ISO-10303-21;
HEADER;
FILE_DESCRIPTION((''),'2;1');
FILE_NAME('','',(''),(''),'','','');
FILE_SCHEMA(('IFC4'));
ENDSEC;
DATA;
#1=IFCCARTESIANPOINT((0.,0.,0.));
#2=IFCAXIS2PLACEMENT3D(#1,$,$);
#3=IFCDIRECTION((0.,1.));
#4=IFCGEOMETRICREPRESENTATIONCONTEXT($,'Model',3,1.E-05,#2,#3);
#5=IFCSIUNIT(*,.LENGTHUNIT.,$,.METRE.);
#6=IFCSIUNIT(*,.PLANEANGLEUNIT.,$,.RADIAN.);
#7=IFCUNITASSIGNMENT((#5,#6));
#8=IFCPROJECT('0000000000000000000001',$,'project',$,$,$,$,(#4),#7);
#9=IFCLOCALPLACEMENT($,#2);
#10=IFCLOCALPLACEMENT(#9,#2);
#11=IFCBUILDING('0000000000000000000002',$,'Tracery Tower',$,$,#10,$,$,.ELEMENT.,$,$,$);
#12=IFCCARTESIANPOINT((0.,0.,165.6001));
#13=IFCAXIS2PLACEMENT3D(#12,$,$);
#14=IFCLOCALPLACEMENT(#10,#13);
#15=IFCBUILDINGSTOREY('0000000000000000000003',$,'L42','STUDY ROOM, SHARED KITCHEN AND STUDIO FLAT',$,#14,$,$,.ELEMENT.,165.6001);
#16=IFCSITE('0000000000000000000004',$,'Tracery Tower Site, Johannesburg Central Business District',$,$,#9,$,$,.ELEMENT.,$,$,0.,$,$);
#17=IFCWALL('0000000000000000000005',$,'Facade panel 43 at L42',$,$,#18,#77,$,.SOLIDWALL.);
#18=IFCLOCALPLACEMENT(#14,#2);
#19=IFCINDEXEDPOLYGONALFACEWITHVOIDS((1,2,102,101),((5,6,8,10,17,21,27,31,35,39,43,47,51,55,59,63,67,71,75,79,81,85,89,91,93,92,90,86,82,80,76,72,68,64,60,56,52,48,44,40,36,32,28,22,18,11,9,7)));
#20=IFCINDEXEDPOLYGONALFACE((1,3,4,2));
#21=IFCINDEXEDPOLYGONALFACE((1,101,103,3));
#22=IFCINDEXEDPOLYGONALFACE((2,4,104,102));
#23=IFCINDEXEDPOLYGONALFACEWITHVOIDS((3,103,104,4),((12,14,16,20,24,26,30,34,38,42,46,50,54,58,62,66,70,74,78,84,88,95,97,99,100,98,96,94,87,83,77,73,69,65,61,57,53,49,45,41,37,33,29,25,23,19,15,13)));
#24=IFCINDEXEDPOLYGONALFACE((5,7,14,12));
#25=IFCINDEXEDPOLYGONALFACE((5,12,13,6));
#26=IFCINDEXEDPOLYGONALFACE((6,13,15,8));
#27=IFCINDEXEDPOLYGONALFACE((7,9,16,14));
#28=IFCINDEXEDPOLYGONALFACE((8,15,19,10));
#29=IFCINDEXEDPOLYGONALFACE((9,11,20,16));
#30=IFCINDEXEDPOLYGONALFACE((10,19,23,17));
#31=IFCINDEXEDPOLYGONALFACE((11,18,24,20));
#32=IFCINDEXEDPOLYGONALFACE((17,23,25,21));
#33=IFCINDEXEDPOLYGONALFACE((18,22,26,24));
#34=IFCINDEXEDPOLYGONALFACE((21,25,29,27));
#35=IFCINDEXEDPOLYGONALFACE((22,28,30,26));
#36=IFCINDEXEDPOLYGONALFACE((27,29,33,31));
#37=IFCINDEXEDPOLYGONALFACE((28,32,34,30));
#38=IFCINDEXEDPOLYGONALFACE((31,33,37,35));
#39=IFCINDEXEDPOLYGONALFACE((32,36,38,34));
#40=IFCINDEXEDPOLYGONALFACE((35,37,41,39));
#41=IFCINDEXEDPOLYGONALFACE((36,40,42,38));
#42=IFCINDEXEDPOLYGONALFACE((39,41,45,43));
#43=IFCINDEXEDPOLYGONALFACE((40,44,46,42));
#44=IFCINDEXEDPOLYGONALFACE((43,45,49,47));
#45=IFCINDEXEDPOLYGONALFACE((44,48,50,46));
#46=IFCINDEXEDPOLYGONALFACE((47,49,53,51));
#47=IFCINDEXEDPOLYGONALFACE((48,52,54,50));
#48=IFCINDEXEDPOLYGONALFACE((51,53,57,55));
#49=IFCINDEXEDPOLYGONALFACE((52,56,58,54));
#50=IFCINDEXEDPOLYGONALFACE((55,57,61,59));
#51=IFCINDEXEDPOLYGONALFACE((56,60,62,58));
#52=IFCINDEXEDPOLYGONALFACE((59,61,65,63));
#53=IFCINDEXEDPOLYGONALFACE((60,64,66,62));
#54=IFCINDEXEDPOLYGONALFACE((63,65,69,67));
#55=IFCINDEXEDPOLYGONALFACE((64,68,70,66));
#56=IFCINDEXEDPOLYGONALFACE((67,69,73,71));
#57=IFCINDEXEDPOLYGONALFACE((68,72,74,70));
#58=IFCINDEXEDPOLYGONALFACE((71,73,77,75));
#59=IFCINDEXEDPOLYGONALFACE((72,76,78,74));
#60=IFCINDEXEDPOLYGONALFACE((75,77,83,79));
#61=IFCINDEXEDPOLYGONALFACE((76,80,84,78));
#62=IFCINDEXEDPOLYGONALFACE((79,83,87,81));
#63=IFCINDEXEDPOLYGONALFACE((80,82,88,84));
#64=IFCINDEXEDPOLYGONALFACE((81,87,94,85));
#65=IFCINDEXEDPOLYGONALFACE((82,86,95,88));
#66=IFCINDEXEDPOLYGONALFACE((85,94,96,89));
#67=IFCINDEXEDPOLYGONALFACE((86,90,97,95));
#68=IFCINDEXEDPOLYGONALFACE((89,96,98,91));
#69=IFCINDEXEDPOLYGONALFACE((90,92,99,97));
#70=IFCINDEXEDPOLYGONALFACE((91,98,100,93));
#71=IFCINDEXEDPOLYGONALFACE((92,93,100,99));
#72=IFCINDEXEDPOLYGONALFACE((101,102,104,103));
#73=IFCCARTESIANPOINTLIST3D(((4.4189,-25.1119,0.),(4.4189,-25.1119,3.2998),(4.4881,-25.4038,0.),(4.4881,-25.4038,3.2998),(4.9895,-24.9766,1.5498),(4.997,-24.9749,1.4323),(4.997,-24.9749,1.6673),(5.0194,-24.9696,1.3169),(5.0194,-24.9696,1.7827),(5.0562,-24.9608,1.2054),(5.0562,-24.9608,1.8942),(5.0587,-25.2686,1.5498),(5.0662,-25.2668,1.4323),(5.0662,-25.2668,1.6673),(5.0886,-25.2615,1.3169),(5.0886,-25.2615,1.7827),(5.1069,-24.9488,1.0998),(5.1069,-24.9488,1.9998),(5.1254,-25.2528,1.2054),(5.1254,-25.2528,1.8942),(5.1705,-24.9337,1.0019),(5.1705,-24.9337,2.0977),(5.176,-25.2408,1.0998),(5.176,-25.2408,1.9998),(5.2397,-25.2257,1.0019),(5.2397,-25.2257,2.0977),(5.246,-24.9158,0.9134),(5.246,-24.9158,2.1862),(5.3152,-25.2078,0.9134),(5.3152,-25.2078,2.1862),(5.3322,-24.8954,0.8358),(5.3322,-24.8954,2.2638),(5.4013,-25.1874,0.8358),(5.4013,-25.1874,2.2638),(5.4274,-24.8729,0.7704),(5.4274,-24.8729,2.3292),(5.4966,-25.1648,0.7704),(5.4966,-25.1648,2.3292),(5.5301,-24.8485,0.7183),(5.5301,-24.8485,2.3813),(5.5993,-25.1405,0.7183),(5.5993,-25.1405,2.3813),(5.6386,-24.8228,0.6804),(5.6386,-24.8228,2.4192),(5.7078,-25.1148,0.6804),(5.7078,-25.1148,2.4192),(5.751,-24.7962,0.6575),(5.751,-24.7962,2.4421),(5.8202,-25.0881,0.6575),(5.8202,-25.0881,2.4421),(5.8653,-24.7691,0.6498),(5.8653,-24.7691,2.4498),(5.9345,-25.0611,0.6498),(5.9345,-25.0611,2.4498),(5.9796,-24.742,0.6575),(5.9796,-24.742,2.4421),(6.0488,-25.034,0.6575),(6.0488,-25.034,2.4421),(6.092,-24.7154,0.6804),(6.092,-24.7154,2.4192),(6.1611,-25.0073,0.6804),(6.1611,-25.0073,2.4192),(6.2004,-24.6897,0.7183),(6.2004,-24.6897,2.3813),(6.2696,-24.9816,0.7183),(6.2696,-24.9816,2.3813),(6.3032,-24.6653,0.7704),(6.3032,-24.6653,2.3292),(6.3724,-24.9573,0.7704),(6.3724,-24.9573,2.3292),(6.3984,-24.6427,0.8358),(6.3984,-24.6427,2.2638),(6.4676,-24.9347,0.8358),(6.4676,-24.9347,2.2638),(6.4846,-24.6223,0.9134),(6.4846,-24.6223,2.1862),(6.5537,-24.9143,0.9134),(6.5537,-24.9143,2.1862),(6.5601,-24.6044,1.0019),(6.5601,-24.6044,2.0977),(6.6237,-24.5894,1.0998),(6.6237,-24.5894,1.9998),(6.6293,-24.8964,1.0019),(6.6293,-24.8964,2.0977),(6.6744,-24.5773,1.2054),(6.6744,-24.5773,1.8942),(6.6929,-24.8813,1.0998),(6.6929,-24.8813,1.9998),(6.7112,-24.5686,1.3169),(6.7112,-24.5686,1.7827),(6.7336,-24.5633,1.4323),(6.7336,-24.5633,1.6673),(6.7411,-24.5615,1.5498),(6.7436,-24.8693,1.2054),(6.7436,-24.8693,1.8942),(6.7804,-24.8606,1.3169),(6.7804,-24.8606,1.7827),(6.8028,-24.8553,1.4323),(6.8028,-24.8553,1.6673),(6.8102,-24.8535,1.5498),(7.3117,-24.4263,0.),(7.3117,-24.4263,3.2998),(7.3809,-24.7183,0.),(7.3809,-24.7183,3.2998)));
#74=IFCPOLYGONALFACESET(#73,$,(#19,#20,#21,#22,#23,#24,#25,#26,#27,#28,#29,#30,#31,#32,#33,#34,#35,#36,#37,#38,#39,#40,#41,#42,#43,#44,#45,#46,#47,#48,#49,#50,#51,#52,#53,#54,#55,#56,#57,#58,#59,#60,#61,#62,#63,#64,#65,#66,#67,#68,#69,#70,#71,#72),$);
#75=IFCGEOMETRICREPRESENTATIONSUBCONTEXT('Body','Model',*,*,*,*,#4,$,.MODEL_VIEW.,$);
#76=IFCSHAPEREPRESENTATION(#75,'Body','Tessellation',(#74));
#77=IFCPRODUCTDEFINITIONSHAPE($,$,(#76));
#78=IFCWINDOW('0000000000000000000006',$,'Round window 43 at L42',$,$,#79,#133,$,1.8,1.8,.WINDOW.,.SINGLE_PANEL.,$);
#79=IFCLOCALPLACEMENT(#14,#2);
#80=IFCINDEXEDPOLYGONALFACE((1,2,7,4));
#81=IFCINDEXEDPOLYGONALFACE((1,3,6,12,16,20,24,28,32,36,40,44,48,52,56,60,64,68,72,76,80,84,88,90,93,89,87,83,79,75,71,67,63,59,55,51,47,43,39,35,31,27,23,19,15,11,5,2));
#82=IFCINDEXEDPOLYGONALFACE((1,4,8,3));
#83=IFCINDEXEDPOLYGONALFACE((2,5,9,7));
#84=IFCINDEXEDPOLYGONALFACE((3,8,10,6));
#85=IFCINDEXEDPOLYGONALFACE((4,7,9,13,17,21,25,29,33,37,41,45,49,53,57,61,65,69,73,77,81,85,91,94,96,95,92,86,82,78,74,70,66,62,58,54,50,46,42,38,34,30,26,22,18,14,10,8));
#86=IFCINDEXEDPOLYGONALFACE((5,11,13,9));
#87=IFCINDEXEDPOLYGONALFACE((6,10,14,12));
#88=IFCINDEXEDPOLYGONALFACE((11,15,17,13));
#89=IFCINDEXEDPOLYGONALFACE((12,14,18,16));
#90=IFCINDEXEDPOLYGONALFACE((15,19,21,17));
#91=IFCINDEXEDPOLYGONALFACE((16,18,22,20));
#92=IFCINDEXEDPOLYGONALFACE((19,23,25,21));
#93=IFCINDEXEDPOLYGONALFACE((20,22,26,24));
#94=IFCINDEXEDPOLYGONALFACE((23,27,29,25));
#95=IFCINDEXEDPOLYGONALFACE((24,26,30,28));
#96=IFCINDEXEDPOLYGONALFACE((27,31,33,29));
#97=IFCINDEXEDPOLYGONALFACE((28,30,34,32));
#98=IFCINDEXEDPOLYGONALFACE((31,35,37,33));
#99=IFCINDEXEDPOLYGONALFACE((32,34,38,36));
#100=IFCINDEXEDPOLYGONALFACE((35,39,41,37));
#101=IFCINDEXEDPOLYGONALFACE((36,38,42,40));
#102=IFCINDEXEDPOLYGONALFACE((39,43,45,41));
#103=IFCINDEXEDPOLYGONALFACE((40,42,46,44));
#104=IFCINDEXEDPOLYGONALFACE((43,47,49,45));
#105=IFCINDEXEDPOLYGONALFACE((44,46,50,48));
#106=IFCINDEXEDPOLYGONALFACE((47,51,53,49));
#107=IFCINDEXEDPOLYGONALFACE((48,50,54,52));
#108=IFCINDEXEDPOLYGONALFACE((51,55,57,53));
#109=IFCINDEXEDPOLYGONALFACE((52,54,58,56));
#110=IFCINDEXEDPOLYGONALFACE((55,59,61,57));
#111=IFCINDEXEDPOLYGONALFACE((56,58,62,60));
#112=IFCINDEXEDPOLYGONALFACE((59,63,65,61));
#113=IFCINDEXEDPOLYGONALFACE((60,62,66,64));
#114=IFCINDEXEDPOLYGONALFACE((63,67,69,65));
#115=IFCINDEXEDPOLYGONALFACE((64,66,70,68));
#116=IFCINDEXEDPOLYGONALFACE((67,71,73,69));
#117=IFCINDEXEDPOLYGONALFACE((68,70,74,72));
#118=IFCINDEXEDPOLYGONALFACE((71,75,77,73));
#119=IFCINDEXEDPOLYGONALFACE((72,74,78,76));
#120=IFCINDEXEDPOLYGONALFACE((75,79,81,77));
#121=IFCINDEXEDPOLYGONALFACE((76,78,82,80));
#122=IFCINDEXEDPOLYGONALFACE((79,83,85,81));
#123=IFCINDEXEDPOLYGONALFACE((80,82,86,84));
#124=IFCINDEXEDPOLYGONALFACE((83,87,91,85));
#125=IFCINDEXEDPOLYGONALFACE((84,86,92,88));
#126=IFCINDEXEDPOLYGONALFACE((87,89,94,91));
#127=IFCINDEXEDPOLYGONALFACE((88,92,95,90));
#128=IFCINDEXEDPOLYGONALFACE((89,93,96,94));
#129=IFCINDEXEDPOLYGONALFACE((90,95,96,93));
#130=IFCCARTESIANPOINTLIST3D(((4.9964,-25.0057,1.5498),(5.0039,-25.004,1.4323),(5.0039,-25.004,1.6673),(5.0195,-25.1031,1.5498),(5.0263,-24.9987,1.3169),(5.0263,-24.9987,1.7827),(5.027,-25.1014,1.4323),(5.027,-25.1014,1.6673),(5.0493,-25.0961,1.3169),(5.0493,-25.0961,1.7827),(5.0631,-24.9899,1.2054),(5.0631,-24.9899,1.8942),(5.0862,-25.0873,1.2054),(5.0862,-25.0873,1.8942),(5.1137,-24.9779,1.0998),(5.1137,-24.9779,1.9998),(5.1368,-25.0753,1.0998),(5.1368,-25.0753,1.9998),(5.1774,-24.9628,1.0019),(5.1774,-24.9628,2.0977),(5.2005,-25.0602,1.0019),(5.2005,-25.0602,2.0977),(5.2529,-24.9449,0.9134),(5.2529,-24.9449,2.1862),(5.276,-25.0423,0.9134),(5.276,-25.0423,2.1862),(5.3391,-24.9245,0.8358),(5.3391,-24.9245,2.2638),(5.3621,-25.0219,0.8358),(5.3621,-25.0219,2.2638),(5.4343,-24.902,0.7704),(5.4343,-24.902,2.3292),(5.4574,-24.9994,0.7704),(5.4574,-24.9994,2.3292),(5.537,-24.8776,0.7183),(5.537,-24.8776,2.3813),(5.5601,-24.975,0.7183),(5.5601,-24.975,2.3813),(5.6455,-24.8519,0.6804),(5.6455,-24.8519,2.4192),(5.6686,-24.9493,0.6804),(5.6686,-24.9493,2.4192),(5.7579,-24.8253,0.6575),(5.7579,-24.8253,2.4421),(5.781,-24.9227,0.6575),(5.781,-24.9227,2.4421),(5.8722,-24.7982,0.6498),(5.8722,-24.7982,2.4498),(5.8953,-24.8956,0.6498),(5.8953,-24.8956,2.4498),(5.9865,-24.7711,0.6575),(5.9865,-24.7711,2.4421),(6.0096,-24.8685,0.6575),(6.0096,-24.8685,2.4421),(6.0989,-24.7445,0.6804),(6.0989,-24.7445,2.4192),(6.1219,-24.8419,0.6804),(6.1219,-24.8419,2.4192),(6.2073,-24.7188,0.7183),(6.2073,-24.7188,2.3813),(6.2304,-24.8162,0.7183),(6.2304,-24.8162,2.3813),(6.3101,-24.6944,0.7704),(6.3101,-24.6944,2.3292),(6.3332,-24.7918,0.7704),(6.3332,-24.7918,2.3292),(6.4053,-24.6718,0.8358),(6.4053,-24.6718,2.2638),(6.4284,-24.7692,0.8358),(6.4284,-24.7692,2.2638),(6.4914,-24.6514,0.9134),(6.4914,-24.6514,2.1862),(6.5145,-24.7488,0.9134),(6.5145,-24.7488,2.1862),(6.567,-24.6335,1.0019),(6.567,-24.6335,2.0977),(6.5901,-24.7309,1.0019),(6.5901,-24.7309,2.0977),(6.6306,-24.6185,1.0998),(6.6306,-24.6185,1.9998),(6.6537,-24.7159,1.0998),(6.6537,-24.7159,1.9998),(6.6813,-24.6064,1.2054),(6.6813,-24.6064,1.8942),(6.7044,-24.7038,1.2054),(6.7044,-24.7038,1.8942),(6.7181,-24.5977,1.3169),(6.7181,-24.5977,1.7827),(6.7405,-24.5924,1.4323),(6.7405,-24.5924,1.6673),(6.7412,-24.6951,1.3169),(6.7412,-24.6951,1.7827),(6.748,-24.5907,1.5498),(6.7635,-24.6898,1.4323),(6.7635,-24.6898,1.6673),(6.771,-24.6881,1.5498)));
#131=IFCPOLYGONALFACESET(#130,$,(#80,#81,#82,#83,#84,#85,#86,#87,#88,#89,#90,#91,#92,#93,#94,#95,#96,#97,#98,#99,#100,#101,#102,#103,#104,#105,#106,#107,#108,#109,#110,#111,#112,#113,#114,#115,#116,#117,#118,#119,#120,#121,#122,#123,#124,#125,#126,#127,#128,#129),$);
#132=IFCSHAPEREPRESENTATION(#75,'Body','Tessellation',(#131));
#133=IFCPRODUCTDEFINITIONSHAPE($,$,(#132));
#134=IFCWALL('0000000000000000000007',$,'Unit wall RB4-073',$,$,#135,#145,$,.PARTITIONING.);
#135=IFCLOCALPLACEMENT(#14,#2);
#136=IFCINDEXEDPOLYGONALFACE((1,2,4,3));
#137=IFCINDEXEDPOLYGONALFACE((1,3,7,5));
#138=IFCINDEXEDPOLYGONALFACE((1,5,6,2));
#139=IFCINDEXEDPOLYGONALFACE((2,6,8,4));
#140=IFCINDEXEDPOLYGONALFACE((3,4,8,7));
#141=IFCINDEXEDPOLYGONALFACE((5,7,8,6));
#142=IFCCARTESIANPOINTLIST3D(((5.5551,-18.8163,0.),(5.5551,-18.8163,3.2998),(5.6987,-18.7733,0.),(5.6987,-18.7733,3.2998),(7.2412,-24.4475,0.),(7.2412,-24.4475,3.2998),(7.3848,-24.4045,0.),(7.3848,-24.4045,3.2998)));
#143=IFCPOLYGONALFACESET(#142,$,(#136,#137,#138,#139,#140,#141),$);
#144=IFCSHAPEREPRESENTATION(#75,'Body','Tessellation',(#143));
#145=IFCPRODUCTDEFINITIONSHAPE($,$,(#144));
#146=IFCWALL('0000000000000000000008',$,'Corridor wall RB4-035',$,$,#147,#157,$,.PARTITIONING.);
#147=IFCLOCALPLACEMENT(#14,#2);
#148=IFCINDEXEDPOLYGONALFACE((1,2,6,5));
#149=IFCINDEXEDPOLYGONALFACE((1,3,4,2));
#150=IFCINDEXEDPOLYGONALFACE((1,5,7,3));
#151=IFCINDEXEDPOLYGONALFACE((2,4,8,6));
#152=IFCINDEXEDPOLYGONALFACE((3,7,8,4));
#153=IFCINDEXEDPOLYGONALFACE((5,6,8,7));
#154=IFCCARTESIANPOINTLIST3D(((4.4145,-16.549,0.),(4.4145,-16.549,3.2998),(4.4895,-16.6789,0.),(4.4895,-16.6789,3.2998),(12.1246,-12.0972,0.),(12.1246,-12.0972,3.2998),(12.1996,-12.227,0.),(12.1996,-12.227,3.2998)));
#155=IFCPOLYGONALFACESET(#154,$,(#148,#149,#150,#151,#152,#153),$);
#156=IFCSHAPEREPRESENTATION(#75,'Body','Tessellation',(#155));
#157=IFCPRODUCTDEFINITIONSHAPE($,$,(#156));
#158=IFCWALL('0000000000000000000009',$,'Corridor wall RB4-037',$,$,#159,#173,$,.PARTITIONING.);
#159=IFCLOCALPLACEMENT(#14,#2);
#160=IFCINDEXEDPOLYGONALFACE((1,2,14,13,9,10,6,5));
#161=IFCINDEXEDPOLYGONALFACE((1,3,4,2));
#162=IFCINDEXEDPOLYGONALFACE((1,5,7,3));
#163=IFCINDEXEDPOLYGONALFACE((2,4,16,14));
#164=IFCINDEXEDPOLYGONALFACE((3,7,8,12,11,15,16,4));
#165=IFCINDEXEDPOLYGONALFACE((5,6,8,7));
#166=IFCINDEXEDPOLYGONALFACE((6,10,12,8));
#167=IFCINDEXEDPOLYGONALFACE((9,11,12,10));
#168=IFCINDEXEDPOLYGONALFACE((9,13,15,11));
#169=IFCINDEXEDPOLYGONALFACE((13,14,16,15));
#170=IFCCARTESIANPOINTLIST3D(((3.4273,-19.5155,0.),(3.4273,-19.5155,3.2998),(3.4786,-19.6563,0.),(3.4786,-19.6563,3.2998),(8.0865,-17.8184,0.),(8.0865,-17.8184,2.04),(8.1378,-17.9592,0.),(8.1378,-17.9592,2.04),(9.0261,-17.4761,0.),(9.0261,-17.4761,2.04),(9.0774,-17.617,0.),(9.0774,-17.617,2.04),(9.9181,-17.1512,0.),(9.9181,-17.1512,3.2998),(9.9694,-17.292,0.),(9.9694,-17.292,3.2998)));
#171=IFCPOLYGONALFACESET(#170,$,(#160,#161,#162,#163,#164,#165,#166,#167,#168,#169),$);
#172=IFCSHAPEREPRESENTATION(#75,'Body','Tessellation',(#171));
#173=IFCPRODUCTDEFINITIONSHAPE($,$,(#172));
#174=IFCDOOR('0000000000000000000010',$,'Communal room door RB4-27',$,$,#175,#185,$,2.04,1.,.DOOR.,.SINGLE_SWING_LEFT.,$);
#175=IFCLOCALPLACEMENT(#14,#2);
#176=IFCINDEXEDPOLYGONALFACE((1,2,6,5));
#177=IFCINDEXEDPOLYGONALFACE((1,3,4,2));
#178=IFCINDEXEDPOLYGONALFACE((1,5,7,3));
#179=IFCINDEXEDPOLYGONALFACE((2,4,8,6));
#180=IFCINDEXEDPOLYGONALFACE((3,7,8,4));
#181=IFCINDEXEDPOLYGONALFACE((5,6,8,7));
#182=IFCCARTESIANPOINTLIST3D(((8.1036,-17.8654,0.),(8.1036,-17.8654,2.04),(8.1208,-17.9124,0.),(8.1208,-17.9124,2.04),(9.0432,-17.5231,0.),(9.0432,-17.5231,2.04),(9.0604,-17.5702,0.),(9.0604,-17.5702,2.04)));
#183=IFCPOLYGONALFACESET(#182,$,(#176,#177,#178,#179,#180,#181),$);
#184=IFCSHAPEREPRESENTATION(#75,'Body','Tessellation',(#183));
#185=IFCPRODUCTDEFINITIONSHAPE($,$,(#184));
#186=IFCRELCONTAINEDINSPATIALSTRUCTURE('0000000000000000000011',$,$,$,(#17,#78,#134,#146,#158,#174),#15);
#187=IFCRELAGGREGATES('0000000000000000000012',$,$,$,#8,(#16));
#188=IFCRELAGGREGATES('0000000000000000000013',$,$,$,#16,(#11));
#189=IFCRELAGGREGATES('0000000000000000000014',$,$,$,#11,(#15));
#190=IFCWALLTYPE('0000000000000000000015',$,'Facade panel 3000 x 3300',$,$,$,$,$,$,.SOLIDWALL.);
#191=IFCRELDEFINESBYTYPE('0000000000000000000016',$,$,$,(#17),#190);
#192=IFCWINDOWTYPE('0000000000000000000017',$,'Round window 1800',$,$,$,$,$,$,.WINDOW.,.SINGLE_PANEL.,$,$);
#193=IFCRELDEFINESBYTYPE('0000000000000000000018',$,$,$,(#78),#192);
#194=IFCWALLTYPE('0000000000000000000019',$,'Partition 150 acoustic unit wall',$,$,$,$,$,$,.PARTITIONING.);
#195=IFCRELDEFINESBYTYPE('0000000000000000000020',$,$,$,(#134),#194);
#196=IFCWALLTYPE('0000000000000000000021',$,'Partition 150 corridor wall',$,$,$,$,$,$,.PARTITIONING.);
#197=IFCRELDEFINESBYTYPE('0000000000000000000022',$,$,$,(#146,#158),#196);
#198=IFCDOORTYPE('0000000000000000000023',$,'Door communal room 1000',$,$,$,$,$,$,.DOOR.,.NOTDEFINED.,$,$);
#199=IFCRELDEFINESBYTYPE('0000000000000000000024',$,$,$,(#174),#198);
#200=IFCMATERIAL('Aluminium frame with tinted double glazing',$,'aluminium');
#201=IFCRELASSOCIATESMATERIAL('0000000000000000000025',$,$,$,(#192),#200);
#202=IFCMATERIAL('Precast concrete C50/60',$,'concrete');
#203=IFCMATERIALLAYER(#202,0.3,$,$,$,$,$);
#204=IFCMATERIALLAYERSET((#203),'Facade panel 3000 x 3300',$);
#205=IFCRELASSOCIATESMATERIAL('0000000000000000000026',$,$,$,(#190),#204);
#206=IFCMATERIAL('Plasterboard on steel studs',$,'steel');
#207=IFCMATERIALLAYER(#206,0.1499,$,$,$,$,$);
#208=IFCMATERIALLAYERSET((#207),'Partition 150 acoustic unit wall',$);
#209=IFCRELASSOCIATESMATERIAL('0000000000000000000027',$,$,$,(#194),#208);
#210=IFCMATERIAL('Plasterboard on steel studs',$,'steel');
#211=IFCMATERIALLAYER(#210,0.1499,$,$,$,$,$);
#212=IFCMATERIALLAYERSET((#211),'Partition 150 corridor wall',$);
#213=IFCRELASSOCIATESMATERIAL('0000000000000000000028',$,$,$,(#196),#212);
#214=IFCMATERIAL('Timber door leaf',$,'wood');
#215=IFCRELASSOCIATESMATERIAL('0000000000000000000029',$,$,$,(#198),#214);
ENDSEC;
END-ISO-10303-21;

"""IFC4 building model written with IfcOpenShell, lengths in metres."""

from ifc_helpers import new_model, si_unit, direction, frame, frame_2d, origin, origin_2d, place, context, subcontext, project, spatial, rectangle, circle, extrude, material, layer, layer_set, type_object, element, fill, save


model = new_model("IFC4")

# Units and contexts
model_context = context("Model", 3, precision=1e-05, world=origin(), true_north=direction((0.0, 1.0)))
body_context = subcontext(model_context, "Body", "Model", "MODEL_VIEW")
ifc_project = project(units=[si_unit("LENGTHUNIT", "METRE"), si_unit("PLANEANGLEUNIT", "RADIAN")], contexts=[model_context])

# Site, building, storey
site_placement = place(None, origin())
site = spatial("IfcSite", under=ifc_project, at=site_placement, Name="Tracery Tower Site, Johannesburg Central Business District", CompositionType="ELEMENT", RefElevation=0.0)
building_placement = place(site_placement, origin())
building = spatial("IfcBuilding", under=site, at=building_placement, Name="Tracery Tower", CompositionType="ELEMENT")
storey_placement = place(building_placement, frame((0.0, 0.0, 165.6001)))
storey = spatial("IfcBuildingStorey", under=building, at=storey_placement, Name="L42", Description="STUDY ROOM, SHARED KITCHEN AND STUDIO FLAT", CompositionType="ELEMENT", Elevation=165.6001)

# Wall, opening, window
ifc_material_1 = material(Name="Aluminium frame with tinted double glazing", Category="aluminium")
window_type = type_object("IfcWindowType", Name="Round window 1800", PartitioningType="SINGLE_PANEL", PredefinedType="WINDOW", material=ifc_material_1)
ifc_material_2 = material(Name="Precast concrete C50/60", Category="concrete")
ifc_layer_1 = layer(ifc_material_2, 0.3)
ifc_layer_set_1 = layer_set([ifc_layer_1], Name="Facade panel 3000 x 3300")
wall_type_1 = type_object("IfcWallType", Name="Facade panel 3000 x 3300", PredefinedType="SOLIDWALL", material=ifc_layer_set_1)
wall_1_placement = place(storey_placement, frame((4.4536, -25.2578, 0.0), z_axis=(0.0, 0.0, 1.0), x_axis=(0.97305, 0.230595, 0.0)))
wall_1 = element("IfcWall", 1, at=wall_1_placement, inside=storey, type_object=wall_type_1, Name="Facade panel 43 at L42", PredefinedType="SOLIDWALL", context=body_context, shape_type="SweptSolid", body=[
    extrude(rectangle(XDim=2.9729, YDim=0.3, at=frame_2d((1.4863, 0.0))), origin(), (0.0, 0.0, 1.0), 3.2998),
])
opening_1_placement = place(wall_1_placement, frame((1.4863, 0.0, 1.5498)))
opening_1 = element("IfcOpeningElement", 2, at=opening_1_placement, cuts=wall_1, PredefinedType="OPENING", context=body_context, shape_type="SweptSolid", body=[
    extrude(circle(Radius=0.9, at=origin_2d()), frame((0.0, 0.1599, 0.0), z_axis=(0.0, -1.0, 0.0), x_axis=(1.0, 0.0, 0.0)), (0.0, 0.0, 1.0), 0.3201),
])
window_1_placement = place(opening_1_placement, origin())
window_1 = element("IfcWindow", 3, at=window_1_placement, inside=storey, type_object=window_type, Name="Round window 43 at L42", OverallHeight=1.8, OverallWidth=1.8, PartitioningType="SINGLE_PANEL", PredefinedType="WINDOW", context=body_context, shape_type="SweptSolid", body=[
    extrude(circle(Radius=0.9, at=origin_2d()), frame((0.0, 0.1201, 0.0), z_axis=(0.0, -1.0, 0.0), x_axis=(1.0, 0.0, 0.0)), (0.0, 0.0, 1.0), 0.1001),
])
fill(opening_1, window_1)

# Walls
ifc_material_3 = material(Name="Plasterboard on steel studs", Category="steel")
ifc_layer_2 = layer(ifc_material_3, 0.1499)
ifc_layer_set_2 = layer_set([ifc_layer_2], Name="Partition 150 acoustic unit wall")
wall_type_2 = type_object("IfcWallType", Name="Partition 150 acoustic unit wall", PredefinedType="PARTITIONING", material=ifc_layer_set_2)
wall_2_placement = place(storey_placement, frame((5.627, -18.7949, 0.0), z_axis=(0.0, 0.0, 1.0), x_axis=(0.286833, -0.95798, 0.0)))
element("IfcWall", 4, at=wall_2_placement, inside=storey, type_object=wall_type_2, Name="Unit wall RB4-073", PredefinedType="PARTITIONING", context=body_context, shape_type="SweptSolid", body=[
    extrude(rectangle(XDim=5.8782, YDim=0.1499, at=frame_2d((2.939, 0.0))), origin(), (0.0, 0.0, 1.0), 3.2998),
])
ifc_material_4 = material(Name="Plasterboard on steel studs", Category="steel")
ifc_layer_3 = layer(ifc_material_4, 0.1499)
ifc_layer_set_3 = layer_set([ifc_layer_3], Name="Partition 150 corridor wall")
wall_type_3 = type_object("IfcWallType", Name="Partition 150 corridor wall", PredefinedType="PARTITIONING", material=ifc_layer_set_3)
wall_3_placement = place(storey_placement, frame((4.4519, -16.614, 0.0), z_axis=(0.0, 0.0, 1.0), x_axis=(0.866005, 0.500035, 0.0)))
element("IfcWall", 5, at=wall_3_placement, inside=storey, type_object=wall_type_3, Name="Corridor wall RB4-035", PredefinedType="PARTITIONING", context=body_context, shape_type="SweptSolid", body=[
    extrude(rectangle(XDim=8.9031, YDim=0.1499, at=frame_2d((4.4517, 0.0))), origin(), (0.0, 0.0, 1.0), 3.2998),
])

# Wall, opening, door
wall_4_placement = place(storey_placement, frame((3.4529, -19.5859, 0.0), z_axis=(0.0, 0.0, 1.0), x_axis=(0.939608, 0.342254, 0.0)))
wall_4 = element("IfcWall", 6, at=wall_4_placement, inside=storey, type_object=wall_type_3, Name="Corridor wall RB4-037", PredefinedType="PARTITIONING", context=body_context, shape_type="SweptSolid", body=[
    extrude(rectangle(XDim=6.908, YDim=0.1499, at=frame_2d((3.4541, 0.0))), origin(), (0.0, 0.0, 1.0), 3.2998),
])
opening_2_placement = place(wall_4_placement, frame((4.9587, 0.0, 0.0)))
opening_2 = element("IfcOpeningElement", 7, at=opening_2_placement, cuts=wall_4, PredefinedType="OPENING", context=body_context, shape_type="SweptSolid", body=[
    extrude(rectangle(XDim=1.0, YDim=2.04, at=frame_2d((0.5, 1.02))), frame((0.0, 0.075, 0.0), z_axis=(0.0, -1.0, 0.0), x_axis=(1.0, 0.0, 0.0)), (0.0, 0.0, 1.0), 0.1499),
])
ifc_material_5 = material(Name="Timber door leaf", Category="wood")
door_type_1 = type_object("IfcDoorType", Name="Door communal room 1000", OperationType="NOTDEFINED", PredefinedType="DOOR", material=ifc_material_5)
door_1_placement = place(opening_2_placement, origin())
door_1 = element("IfcDoor", 8, at=door_1_placement, inside=storey, type_object=door_type_1, Name="Communal room door RB4-27", OperationType="SINGLE_SWING_LEFT", OverallHeight=2.04, OverallWidth=1.0, PredefinedType="DOOR", context=body_context, shape_type="SweptSolid", body=[
    extrude(rectangle(XDim=1.0, YDim=2.04, at=frame_2d((0.5, 1.02))), frame((0.0, 0.0249, 0.0), z_axis=(0.0, -1.0, 0.0), x_axis=(1.0, 0.0, 0.0)), (0.0, 0.0, 1.0), 0.05),
])
fill(opening_2, door_1)

save(model, "model.ifc")
